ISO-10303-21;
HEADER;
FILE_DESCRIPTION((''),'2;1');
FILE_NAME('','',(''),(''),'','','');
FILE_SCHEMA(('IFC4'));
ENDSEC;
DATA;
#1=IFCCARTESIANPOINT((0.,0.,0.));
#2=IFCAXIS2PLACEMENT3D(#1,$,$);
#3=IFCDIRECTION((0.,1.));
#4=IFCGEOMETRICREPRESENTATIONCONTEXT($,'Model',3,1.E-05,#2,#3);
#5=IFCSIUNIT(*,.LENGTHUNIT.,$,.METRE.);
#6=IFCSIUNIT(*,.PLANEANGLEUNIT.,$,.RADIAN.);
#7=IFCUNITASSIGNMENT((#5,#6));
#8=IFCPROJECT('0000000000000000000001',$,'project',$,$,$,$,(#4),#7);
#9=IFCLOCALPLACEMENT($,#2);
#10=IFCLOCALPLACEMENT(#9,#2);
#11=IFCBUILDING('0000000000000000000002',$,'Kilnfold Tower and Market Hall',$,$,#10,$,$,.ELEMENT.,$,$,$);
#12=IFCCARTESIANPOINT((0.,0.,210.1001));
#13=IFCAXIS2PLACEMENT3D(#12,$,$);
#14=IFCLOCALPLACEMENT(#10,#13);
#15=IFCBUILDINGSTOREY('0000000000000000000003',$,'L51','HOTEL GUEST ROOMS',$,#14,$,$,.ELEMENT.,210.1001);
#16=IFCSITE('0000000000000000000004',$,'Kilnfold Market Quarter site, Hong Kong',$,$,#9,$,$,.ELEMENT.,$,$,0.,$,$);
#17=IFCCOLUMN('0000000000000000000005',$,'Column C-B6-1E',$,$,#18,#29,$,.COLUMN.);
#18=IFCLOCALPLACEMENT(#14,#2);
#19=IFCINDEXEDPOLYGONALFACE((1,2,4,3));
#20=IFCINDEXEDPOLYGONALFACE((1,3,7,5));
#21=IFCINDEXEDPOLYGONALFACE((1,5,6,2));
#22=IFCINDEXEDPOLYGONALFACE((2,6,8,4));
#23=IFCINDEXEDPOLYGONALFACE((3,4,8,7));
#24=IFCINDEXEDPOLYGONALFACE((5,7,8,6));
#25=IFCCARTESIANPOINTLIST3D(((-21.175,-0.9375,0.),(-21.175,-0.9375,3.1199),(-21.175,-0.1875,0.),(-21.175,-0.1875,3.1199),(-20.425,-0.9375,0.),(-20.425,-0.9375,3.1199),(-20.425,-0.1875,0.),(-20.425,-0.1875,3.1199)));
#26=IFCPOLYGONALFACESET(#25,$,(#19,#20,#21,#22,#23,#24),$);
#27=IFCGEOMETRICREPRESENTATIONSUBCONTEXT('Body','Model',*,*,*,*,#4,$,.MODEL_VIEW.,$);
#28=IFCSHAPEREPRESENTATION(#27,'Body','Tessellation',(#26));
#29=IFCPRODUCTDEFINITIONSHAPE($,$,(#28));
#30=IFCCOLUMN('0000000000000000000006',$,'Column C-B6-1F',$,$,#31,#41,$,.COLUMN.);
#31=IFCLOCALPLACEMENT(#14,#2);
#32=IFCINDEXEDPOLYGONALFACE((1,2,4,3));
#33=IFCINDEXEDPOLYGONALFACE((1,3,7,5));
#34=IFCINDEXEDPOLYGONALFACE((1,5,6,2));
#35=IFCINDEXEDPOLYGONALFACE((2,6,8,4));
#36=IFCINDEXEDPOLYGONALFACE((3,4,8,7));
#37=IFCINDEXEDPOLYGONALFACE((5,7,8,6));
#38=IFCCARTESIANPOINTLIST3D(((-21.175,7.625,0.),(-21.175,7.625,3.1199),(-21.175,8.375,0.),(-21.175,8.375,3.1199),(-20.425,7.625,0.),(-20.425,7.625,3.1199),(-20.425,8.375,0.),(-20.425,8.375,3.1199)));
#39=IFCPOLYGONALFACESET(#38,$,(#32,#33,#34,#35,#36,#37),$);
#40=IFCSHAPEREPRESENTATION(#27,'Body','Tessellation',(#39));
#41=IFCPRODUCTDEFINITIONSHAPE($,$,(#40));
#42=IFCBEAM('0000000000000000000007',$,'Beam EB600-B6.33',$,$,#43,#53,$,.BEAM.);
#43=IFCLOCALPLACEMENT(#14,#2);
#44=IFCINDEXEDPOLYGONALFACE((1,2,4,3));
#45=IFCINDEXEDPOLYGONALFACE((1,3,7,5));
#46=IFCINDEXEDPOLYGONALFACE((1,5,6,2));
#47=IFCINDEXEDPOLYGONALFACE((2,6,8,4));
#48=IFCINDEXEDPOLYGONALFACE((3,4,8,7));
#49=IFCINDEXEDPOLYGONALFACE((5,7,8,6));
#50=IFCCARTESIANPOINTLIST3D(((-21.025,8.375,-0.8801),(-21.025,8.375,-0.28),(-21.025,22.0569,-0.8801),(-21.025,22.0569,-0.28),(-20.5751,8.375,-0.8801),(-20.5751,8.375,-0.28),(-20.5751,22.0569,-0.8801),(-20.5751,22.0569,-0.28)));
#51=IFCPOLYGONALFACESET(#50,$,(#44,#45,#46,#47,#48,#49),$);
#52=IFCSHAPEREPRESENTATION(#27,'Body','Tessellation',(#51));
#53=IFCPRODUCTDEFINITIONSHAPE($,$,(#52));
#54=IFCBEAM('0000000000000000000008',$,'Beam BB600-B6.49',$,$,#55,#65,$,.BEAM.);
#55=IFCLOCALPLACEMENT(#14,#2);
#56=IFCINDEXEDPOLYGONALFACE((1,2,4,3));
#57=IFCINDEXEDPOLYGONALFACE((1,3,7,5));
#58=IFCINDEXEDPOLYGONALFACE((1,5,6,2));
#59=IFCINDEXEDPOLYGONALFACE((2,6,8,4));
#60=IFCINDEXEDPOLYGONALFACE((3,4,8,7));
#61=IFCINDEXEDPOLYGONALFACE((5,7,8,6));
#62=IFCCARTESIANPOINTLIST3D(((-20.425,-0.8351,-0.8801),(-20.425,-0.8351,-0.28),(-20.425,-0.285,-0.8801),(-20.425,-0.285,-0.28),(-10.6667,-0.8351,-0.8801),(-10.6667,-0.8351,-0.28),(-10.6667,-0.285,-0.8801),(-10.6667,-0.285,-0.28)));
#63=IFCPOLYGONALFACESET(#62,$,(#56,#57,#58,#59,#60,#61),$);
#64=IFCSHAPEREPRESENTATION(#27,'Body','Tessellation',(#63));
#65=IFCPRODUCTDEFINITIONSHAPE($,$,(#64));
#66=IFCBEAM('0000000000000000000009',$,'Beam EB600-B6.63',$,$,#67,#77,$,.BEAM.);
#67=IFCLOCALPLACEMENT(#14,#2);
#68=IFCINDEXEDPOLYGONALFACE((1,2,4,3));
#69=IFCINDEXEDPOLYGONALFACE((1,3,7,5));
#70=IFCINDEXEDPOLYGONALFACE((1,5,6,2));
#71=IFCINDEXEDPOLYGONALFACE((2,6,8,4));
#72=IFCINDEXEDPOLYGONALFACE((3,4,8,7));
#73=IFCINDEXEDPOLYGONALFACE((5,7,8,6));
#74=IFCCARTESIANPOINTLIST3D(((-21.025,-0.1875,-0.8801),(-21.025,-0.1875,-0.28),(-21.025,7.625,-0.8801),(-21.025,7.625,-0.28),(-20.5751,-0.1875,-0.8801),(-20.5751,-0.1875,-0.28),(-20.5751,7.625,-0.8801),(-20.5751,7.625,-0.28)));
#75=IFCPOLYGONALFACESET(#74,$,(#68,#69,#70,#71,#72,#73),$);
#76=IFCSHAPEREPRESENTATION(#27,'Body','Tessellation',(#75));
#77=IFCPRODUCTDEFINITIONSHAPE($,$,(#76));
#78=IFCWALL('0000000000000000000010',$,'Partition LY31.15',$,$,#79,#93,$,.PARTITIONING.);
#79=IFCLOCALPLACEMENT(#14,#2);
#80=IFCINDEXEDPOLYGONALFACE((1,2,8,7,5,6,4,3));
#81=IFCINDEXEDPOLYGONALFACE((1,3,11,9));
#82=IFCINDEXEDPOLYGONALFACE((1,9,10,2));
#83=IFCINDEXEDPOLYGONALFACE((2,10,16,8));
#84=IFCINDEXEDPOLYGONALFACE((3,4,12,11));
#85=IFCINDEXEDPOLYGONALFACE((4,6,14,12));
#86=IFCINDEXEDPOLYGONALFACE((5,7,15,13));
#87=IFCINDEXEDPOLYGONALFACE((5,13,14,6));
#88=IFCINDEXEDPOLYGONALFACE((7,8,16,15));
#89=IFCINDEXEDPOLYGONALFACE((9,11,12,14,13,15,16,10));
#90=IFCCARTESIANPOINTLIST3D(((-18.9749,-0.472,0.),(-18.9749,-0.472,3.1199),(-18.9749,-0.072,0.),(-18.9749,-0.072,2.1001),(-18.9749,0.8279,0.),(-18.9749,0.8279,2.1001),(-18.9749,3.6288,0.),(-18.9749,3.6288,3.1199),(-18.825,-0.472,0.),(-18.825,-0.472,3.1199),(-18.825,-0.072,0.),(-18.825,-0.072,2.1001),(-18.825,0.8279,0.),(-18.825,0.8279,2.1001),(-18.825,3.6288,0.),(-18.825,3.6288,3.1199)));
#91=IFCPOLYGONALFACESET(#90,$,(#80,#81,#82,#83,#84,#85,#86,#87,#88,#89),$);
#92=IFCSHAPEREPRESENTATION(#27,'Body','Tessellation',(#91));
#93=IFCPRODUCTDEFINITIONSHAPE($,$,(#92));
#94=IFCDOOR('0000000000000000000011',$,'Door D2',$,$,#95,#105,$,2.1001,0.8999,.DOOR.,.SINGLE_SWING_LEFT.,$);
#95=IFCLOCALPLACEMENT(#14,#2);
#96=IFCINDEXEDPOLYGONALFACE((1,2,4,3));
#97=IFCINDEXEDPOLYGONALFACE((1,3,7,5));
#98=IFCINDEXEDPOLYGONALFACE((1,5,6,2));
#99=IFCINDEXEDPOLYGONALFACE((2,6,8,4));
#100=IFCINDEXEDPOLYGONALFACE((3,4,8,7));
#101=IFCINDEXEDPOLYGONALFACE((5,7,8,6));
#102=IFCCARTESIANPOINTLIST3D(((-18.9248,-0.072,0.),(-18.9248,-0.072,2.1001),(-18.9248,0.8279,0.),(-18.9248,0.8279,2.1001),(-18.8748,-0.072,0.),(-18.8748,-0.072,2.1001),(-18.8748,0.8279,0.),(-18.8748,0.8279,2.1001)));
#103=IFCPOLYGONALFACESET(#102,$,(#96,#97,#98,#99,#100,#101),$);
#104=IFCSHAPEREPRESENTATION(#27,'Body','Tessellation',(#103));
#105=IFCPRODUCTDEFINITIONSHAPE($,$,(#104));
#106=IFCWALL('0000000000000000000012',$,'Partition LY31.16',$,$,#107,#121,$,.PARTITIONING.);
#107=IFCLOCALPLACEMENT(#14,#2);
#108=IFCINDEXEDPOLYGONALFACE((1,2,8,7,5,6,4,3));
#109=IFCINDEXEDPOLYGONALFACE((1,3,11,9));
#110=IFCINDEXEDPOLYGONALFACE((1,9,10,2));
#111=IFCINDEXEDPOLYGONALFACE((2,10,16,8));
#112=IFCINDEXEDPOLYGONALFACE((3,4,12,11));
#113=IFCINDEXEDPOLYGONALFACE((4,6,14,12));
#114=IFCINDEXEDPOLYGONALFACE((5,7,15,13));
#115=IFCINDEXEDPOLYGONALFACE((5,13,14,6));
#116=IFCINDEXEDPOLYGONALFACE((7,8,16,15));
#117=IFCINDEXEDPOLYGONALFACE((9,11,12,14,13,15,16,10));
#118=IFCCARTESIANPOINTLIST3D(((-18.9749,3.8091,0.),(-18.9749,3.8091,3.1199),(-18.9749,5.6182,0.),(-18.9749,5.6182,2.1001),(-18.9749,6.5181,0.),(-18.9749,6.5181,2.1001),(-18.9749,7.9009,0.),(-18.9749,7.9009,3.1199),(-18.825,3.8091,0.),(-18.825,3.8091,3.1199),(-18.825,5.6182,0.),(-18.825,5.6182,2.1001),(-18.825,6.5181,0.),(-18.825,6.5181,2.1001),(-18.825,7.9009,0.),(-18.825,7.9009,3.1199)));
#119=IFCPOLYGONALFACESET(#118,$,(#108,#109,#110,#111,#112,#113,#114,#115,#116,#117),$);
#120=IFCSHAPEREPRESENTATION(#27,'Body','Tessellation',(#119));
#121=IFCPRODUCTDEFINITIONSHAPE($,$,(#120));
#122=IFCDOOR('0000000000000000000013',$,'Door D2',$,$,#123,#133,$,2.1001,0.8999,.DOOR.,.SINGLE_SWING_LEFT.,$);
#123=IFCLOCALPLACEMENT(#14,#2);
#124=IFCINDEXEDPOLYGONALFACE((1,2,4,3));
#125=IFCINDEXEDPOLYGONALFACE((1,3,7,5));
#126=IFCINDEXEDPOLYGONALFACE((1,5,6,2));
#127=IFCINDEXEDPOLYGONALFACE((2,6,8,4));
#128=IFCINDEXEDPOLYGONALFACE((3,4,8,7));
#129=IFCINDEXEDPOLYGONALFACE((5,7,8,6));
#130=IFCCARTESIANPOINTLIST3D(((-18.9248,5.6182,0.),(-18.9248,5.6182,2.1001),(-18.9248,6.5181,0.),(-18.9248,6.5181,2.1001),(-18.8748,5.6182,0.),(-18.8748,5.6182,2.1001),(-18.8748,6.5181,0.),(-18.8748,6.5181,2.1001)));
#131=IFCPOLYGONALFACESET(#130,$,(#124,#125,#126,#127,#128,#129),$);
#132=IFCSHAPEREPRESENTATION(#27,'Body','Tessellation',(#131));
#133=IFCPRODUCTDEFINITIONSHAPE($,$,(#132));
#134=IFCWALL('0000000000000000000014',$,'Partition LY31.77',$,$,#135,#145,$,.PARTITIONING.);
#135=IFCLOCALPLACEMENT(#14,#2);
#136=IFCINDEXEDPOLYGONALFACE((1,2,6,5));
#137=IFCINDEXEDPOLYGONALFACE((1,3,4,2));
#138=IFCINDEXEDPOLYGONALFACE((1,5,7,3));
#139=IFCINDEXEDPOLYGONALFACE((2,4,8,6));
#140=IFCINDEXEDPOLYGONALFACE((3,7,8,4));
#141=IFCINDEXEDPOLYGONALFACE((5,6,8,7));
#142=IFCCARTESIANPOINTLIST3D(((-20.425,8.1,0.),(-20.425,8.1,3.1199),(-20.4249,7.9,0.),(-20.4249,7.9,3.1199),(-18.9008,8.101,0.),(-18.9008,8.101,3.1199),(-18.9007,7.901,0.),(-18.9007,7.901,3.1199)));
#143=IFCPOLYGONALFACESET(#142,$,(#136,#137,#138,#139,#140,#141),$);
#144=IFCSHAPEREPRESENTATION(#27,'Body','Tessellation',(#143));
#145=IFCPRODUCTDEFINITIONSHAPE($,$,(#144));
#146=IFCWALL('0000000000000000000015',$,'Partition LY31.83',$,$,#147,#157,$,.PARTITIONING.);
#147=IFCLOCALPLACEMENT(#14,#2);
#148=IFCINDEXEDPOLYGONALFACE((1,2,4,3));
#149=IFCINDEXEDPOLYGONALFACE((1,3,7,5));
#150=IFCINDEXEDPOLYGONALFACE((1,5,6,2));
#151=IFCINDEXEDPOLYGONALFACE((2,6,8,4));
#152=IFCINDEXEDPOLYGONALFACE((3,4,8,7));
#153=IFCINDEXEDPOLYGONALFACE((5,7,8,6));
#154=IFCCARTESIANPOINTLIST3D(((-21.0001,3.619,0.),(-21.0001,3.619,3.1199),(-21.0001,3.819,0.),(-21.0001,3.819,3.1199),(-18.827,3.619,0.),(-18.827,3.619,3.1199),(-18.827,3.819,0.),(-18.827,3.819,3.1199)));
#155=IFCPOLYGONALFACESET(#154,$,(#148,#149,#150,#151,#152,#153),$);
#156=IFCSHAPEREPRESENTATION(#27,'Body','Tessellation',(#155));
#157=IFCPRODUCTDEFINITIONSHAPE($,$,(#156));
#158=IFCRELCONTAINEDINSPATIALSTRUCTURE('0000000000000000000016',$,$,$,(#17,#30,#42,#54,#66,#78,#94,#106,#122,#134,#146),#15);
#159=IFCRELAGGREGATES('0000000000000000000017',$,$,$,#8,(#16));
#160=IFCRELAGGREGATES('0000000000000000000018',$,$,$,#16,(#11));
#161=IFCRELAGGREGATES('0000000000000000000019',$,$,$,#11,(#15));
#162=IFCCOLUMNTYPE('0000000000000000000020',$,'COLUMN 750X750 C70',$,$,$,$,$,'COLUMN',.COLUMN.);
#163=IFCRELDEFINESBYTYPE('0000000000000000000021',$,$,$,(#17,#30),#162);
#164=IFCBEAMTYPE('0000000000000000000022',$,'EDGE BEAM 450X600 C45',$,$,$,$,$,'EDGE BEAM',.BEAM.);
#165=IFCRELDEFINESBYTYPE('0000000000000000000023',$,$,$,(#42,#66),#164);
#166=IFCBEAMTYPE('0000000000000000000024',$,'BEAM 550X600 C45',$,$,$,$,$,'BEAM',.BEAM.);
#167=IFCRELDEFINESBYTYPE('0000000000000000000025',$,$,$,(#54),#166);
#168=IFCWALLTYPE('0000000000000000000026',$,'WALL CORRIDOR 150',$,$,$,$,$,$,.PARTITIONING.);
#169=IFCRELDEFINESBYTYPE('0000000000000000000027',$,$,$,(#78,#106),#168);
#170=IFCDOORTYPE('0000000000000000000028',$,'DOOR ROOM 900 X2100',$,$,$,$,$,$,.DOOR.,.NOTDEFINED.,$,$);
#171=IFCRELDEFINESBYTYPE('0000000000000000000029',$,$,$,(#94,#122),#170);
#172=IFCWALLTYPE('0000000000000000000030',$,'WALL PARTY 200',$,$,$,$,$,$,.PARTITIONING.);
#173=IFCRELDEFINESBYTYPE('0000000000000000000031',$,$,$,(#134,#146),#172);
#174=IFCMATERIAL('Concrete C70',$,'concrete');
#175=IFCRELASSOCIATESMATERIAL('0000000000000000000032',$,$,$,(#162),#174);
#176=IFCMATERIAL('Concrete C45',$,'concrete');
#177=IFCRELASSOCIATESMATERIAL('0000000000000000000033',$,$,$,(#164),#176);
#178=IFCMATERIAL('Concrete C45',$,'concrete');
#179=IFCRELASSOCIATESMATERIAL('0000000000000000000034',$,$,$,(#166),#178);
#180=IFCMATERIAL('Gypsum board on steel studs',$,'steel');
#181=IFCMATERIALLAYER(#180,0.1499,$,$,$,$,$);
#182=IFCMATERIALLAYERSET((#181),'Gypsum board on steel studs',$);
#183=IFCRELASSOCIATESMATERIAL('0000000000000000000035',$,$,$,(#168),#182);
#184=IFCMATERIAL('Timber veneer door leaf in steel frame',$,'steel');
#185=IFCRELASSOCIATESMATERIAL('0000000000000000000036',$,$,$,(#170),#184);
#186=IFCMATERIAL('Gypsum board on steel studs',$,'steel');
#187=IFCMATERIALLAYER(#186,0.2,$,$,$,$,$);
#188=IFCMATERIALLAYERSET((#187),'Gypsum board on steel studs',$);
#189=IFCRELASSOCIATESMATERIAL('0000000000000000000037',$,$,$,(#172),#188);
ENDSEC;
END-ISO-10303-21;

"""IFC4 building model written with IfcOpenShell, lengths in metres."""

from ifc_helpers import new_model, si_unit, direction, frame, frame_2d, origin, origin_2d, place, context, subcontext, project, spatial, rectangle, extrude, source, transform, mapped, material, layer, layer_set, material_profile, profile_set, type_object, element, fill, save


model = new_model("IFC4")

# Units and contexts
model_context = context("Model", 3, precision=1e-05, world=origin(), true_north=direction((0.0, 1.0)))
body_context = subcontext(model_context, "Body", "Model", "MODEL_VIEW")
ifc_project = project(units=[si_unit("LENGTHUNIT", "METRE"), si_unit("PLANEANGLEUNIT", "RADIAN")], contexts=[model_context])

# Site, building, storey
site_placement = place(None, origin())
site = spatial("IfcSite", under=ifc_project, at=site_placement, Name="Kilnfold Market Quarter site, Hong Kong", CompositionType="ELEMENT", RefElevation=0.0)
building_placement = place(site_placement, origin())
building = spatial("IfcBuilding", under=site, at=building_placement, Name="Kilnfold Tower and Market Hall", CompositionType="ELEMENT")
storey_placement = place(building_placement, frame((0.0, 0.0, 210.1001)))
storey = spatial("IfcBuildingStorey", under=building, at=storey_placement, Name="L51", Description="HOTEL GUEST ROOMS", CompositionType="ELEMENT", Elevation=210.1001)

# Columns
ifc_material_1 = material(Name="Concrete C70", Category="concrete")
ifc_material_profile_1 = material_profile(ifc_material_1, rectangle(XDim=0.75, YDim=0.75, at=origin_2d()), Name="RC 750x750")
ifc_profile_set_1 = profile_set([ifc_material_profile_1], Name="Concrete C70")
column_type = type_object("IfcColumnType", Name="COLUMN 750X750 C70", ElementType="COLUMN", PredefinedType="COLUMN", material=ifc_profile_set_1)
shared_shape_1 = source(origin(), body_context, "Body", "SweptSolid", [
    extrude(rectangle(XDim=0.75, YDim=0.75, at=origin_2d()), origin(), (0.0, 0.0, 1.0), 3.1199),
])
for number, where, z_axis, x_axis, name in (
    (1, (-20.8, -0.5625, 0.0), (0.0, 0.0, 1.0), (1.0, 0.0, 0.0), "Column C-B6-1E"),
    (2, (-20.8, 8.0, 0.0), (0.0, 0.0, 1.0), (1.0, 0.0, 0.0), "Column C-B6-1F"),
):
    element("IfcColumn", number, at=place(storey_placement, frame(where, z_axis=z_axis, x_axis=x_axis)), inside=storey, type_object=column_type, Name=name, PredefinedType="COLUMN", context=body_context, shape_type="MappedRepresentation", body=[
        mapped(shared_shape_1, transform((0.0, 0.0, 0.0))),
    ])

# Beams
ifc_material_2 = material(Name="Concrete C45", Category="concrete")
ifc_material_profile_2 = material_profile(ifc_material_2, rectangle(XDim=0.45, YDim=0.6001, at=origin_2d()), Name="RC 450x600")
ifc_profile_set_2 = profile_set([ifc_material_profile_2], Name="Concrete C45")
beam_type_1 = type_object("IfcBeamType", Name="EDGE BEAM 450X600 C45", ElementType="EDGE BEAM", PredefinedType="BEAM", material=ifc_profile_set_2)
shared_shape_2 = source(origin(), body_context, "Body", "SweptSolid", [
    extrude(rectangle(XDim=0.45, YDim=0.6001, at=origin_2d()), origin(), (0.0, 0.0, 1.0), 13.6819),
])
beam_1_placement = place(storey_placement, frame((-20.8, 8.375, -0.5801), z_axis=(0.0, 1.0, 0.0), x_axis=(-1.0, 0.0, 0.0)))
element("IfcBeam", 3, at=beam_1_placement, inside=storey, type_object=beam_type_1, Name="Beam EB600-B6.33", PredefinedType="BEAM", context=body_context, shape_type="MappedRepresentation", body=[
    mapped(shared_shape_2, transform((0.0, 0.0, 0.0))),
])
ifc_material_3 = material(Name="Concrete C45", Category="concrete")
ifc_material_profile_3 = material_profile(ifc_material_3, rectangle(XDim=0.55, YDim=0.6001, at=origin_2d()), Name="RC 550x600")
ifc_profile_set_3 = profile_set([ifc_material_profile_3], Name="Concrete C45")
beam_type_2 = type_object("IfcBeamType", Name="BEAM 550X600 C45", ElementType="BEAM", PredefinedType="BEAM", material=ifc_profile_set_3)
shared_shape_3 = source(origin(), body_context, "Body", "SweptSolid", [
    extrude(rectangle(XDim=0.55, YDim=0.6001, at=origin_2d()), origin(), (0.0, 0.0, 1.0), 9.7583),
])
beam_2_placement = place(storey_placement, frame((-20.425, -0.5601, -0.5801), z_axis=(1.0, 0.0, 0.0), x_axis=(0.0, 1.0, 0.0)))
element("IfcBeam", 4, at=beam_2_placement, inside=storey, type_object=beam_type_2, Name="Beam BB600-B6.49", PredefinedType="BEAM", context=body_context, shape_type="MappedRepresentation", body=[
    mapped(shared_shape_3, transform((0.0, 0.0, 0.0))),
])
shared_shape_4 = source(origin(), body_context, "Body", "SweptSolid", [
    extrude(rectangle(XDim=0.45, YDim=0.6001, at=origin_2d()), origin(), (0.0, 0.0, 1.0), 7.8125),
])
beam_3_placement = place(storey_placement, frame((-20.8, -0.1875, -0.5801), z_axis=(0.0, 1.0, 0.0), x_axis=(-1.0, 0.0, 0.0)))
element("IfcBeam", 5, at=beam_3_placement, inside=storey, type_object=beam_type_1, Name="Beam EB600-B6.63", PredefinedType="BEAM", context=body_context, shape_type="MappedRepresentation", body=[
    mapped(shared_shape_4, transform((0.0, 0.0, 0.0))),
])

# Walls, openings, doors
ifc_material_4 = material(Name="Gypsum board on steel studs", Category="steel")
ifc_layer_1 = layer(ifc_material_4, 0.1499)
ifc_layer_set_1 = layer_set([ifc_layer_1], Name="Gypsum board on steel studs")
wall_type_1 = type_object("IfcWallType", Name="WALL CORRIDOR 150", PredefinedType="PARTITIONING", material=ifc_layer_set_1)
wall_1_placement = place(storey_placement, frame((-18.8999, -0.4719, 0.0), z_axis=(0.0, 0.0, 1.0), x_axis=(0.0, 1.0, 0.0)))
wall_1 = element("IfcWall", 6, at=wall_1_placement, inside=storey, type_object=wall_type_1, Name="Partition LY31.15", PredefinedType="PARTITIONING", context=body_context, shape_type="SweptSolid", body=[
    extrude(rectangle(XDim=4.1008, YDim=0.1499, at=frame_2d((2.0503, 0.0))), origin(), (0.0, 0.0, 1.0), 3.1199),
])
opening_1_placement = place(wall_1_placement, frame((0.3999, 0.0, 0.0)))
opening_1 = element("IfcOpeningElement", 7, at=opening_1_placement, cuts=wall_1, PredefinedType="OPENING", context=body_context, shape_type="SweptSolid", body=[
    extrude(rectangle(XDim=0.8999, YDim=2.1001, at=frame_2d((0.45, 1.05))), frame((0.0, 0.085, 0.0), z_axis=(0.0, -1.0, 0.0), x_axis=(1.0, 0.0, 0.0)), (0.0, 0.0, 1.0), 0.1699),
])
ifc_material_5 = material(Name="Timber veneer door leaf in steel frame", Category="steel")
door_type = type_object("IfcDoorType", Name="DOOR ROOM 900 X2100", OperationType="NOTDEFINED", PredefinedType="DOOR", material=ifc_material_5)
door_1_placement = place(opening_1_placement, origin())
door_1 = element("IfcDoor", 8, at=door_1_placement, inside=storey, type_object=door_type, Name="Door D2", OperationType="SINGLE_SWING_LEFT", OverallHeight=2.1001, OverallWidth=0.8999, PredefinedType="DOOR", context=body_context, shape_type="SweptSolid", body=[
    extrude(rectangle(XDim=0.8999, YDim=2.1001, at=frame_2d((0.45, 1.05))), frame((0.0, 0.0249, 0.0), z_axis=(0.0, -1.0, 0.0), x_axis=(1.0, 0.0, 0.0)), (0.0, 0.0, 1.0), 0.05),
])
fill(opening_1, door_1)
wall_2_placement = place(storey_placement, frame((-18.8999, 3.8091, 0.0), z_axis=(0.0, 0.0, 1.0), x_axis=(0.0, 1.0, 0.0)))
wall_2 = element("IfcWall", 9, at=wall_2_placement, inside=storey, type_object=wall_type_1, Name="Partition LY31.16", PredefinedType="PARTITIONING", context=body_context, shape_type="SweptSolid", body=[
    extrude(rectangle(XDim=4.0918, YDim=0.1499, at=frame_2d((2.0459, 0.0))), origin(), (0.0, 0.0, 1.0), 3.1199),
])
opening_2_placement = place(wall_2_placement, frame((1.8091, 0.0, 0.0)))
opening_2 = element("IfcOpeningElement", 10, at=opening_2_placement, cuts=wall_2, PredefinedType="OPENING", context=body_context, shape_type="SweptSolid", body=[
    extrude(rectangle(XDim=0.8999, YDim=2.1001, at=frame_2d((0.45, 1.05))), frame((0.0, 0.085, 0.0), z_axis=(0.0, -1.0, 0.0), x_axis=(1.0, 0.0, 0.0)), (0.0, 0.0, 1.0), 0.1699),
])
door_2_placement = place(opening_2_placement, origin())
door_2 = element("IfcDoor", 11, at=door_2_placement, inside=storey, type_object=door_type, Name="Door D2", OperationType="SINGLE_SWING_LEFT", OverallHeight=2.1001, OverallWidth=0.8999, PredefinedType="DOOR", context=body_context, shape_type="SweptSolid", body=[
    extrude(rectangle(XDim=0.8999, YDim=2.1001, at=frame_2d((0.45, 1.05))), frame((0.0, 0.0249, 0.0), z_axis=(0.0, -1.0, 0.0), x_axis=(1.0, 0.0, 0.0)), (0.0, 0.0, 1.0), 0.05),
])
fill(opening_2, door_2)

# Walls
ifc_material_6 = material(Name="Gypsum board on steel studs", Category="steel")
ifc_layer_2 = layer(ifc_material_6, 0.2)
ifc_layer_set_2 = layer_set([ifc_layer_2], Name="Gypsum board on steel studs")
wall_type_2 = type_object("IfcWallType", Name="WALL PARTY 200", PredefinedType="PARTITIONING", material=ifc_layer_set_2)
wall_3_placement = place(storey_placement, frame((-20.425, 8.0, 0.0), z_axis=(0.0, 0.0, 1.0), x_axis=(1.0, 0.000641, 0.0)))
element("IfcWall", 12, at=wall_3_placement, inside=storey, type_object=wall_type_2, Name="Partition LY31.77", PredefinedType="PARTITIONING", context=body_context, shape_type="SweptSolid", body=[
    extrude(rectangle(XDim=1.5242, YDim=0.2, at=frame_2d((0.7622, 0.0))), origin(), (0.0, 0.0, 1.0), 3.1199),
])
wall_4_placement = place(storey_placement, frame((-21.0, 3.719, 0.0), z_axis=(0.0, 0.0, 1.0), x_axis=(1.0, 0.0, 0.0)))
element("IfcWall", 13, at=wall_4_placement, inside=storey, type_object=wall_type_2, Name="Partition LY31.83", PredefinedType="PARTITIONING", context=body_context, shape_type="SweptSolid", body=[
    extrude(rectangle(XDim=2.1731, YDim=0.2, at=frame_2d((1.0864, 0.0))), origin(), (0.0, 0.0, 1.0), 3.1199),
])

save(model, "model.ifc")
